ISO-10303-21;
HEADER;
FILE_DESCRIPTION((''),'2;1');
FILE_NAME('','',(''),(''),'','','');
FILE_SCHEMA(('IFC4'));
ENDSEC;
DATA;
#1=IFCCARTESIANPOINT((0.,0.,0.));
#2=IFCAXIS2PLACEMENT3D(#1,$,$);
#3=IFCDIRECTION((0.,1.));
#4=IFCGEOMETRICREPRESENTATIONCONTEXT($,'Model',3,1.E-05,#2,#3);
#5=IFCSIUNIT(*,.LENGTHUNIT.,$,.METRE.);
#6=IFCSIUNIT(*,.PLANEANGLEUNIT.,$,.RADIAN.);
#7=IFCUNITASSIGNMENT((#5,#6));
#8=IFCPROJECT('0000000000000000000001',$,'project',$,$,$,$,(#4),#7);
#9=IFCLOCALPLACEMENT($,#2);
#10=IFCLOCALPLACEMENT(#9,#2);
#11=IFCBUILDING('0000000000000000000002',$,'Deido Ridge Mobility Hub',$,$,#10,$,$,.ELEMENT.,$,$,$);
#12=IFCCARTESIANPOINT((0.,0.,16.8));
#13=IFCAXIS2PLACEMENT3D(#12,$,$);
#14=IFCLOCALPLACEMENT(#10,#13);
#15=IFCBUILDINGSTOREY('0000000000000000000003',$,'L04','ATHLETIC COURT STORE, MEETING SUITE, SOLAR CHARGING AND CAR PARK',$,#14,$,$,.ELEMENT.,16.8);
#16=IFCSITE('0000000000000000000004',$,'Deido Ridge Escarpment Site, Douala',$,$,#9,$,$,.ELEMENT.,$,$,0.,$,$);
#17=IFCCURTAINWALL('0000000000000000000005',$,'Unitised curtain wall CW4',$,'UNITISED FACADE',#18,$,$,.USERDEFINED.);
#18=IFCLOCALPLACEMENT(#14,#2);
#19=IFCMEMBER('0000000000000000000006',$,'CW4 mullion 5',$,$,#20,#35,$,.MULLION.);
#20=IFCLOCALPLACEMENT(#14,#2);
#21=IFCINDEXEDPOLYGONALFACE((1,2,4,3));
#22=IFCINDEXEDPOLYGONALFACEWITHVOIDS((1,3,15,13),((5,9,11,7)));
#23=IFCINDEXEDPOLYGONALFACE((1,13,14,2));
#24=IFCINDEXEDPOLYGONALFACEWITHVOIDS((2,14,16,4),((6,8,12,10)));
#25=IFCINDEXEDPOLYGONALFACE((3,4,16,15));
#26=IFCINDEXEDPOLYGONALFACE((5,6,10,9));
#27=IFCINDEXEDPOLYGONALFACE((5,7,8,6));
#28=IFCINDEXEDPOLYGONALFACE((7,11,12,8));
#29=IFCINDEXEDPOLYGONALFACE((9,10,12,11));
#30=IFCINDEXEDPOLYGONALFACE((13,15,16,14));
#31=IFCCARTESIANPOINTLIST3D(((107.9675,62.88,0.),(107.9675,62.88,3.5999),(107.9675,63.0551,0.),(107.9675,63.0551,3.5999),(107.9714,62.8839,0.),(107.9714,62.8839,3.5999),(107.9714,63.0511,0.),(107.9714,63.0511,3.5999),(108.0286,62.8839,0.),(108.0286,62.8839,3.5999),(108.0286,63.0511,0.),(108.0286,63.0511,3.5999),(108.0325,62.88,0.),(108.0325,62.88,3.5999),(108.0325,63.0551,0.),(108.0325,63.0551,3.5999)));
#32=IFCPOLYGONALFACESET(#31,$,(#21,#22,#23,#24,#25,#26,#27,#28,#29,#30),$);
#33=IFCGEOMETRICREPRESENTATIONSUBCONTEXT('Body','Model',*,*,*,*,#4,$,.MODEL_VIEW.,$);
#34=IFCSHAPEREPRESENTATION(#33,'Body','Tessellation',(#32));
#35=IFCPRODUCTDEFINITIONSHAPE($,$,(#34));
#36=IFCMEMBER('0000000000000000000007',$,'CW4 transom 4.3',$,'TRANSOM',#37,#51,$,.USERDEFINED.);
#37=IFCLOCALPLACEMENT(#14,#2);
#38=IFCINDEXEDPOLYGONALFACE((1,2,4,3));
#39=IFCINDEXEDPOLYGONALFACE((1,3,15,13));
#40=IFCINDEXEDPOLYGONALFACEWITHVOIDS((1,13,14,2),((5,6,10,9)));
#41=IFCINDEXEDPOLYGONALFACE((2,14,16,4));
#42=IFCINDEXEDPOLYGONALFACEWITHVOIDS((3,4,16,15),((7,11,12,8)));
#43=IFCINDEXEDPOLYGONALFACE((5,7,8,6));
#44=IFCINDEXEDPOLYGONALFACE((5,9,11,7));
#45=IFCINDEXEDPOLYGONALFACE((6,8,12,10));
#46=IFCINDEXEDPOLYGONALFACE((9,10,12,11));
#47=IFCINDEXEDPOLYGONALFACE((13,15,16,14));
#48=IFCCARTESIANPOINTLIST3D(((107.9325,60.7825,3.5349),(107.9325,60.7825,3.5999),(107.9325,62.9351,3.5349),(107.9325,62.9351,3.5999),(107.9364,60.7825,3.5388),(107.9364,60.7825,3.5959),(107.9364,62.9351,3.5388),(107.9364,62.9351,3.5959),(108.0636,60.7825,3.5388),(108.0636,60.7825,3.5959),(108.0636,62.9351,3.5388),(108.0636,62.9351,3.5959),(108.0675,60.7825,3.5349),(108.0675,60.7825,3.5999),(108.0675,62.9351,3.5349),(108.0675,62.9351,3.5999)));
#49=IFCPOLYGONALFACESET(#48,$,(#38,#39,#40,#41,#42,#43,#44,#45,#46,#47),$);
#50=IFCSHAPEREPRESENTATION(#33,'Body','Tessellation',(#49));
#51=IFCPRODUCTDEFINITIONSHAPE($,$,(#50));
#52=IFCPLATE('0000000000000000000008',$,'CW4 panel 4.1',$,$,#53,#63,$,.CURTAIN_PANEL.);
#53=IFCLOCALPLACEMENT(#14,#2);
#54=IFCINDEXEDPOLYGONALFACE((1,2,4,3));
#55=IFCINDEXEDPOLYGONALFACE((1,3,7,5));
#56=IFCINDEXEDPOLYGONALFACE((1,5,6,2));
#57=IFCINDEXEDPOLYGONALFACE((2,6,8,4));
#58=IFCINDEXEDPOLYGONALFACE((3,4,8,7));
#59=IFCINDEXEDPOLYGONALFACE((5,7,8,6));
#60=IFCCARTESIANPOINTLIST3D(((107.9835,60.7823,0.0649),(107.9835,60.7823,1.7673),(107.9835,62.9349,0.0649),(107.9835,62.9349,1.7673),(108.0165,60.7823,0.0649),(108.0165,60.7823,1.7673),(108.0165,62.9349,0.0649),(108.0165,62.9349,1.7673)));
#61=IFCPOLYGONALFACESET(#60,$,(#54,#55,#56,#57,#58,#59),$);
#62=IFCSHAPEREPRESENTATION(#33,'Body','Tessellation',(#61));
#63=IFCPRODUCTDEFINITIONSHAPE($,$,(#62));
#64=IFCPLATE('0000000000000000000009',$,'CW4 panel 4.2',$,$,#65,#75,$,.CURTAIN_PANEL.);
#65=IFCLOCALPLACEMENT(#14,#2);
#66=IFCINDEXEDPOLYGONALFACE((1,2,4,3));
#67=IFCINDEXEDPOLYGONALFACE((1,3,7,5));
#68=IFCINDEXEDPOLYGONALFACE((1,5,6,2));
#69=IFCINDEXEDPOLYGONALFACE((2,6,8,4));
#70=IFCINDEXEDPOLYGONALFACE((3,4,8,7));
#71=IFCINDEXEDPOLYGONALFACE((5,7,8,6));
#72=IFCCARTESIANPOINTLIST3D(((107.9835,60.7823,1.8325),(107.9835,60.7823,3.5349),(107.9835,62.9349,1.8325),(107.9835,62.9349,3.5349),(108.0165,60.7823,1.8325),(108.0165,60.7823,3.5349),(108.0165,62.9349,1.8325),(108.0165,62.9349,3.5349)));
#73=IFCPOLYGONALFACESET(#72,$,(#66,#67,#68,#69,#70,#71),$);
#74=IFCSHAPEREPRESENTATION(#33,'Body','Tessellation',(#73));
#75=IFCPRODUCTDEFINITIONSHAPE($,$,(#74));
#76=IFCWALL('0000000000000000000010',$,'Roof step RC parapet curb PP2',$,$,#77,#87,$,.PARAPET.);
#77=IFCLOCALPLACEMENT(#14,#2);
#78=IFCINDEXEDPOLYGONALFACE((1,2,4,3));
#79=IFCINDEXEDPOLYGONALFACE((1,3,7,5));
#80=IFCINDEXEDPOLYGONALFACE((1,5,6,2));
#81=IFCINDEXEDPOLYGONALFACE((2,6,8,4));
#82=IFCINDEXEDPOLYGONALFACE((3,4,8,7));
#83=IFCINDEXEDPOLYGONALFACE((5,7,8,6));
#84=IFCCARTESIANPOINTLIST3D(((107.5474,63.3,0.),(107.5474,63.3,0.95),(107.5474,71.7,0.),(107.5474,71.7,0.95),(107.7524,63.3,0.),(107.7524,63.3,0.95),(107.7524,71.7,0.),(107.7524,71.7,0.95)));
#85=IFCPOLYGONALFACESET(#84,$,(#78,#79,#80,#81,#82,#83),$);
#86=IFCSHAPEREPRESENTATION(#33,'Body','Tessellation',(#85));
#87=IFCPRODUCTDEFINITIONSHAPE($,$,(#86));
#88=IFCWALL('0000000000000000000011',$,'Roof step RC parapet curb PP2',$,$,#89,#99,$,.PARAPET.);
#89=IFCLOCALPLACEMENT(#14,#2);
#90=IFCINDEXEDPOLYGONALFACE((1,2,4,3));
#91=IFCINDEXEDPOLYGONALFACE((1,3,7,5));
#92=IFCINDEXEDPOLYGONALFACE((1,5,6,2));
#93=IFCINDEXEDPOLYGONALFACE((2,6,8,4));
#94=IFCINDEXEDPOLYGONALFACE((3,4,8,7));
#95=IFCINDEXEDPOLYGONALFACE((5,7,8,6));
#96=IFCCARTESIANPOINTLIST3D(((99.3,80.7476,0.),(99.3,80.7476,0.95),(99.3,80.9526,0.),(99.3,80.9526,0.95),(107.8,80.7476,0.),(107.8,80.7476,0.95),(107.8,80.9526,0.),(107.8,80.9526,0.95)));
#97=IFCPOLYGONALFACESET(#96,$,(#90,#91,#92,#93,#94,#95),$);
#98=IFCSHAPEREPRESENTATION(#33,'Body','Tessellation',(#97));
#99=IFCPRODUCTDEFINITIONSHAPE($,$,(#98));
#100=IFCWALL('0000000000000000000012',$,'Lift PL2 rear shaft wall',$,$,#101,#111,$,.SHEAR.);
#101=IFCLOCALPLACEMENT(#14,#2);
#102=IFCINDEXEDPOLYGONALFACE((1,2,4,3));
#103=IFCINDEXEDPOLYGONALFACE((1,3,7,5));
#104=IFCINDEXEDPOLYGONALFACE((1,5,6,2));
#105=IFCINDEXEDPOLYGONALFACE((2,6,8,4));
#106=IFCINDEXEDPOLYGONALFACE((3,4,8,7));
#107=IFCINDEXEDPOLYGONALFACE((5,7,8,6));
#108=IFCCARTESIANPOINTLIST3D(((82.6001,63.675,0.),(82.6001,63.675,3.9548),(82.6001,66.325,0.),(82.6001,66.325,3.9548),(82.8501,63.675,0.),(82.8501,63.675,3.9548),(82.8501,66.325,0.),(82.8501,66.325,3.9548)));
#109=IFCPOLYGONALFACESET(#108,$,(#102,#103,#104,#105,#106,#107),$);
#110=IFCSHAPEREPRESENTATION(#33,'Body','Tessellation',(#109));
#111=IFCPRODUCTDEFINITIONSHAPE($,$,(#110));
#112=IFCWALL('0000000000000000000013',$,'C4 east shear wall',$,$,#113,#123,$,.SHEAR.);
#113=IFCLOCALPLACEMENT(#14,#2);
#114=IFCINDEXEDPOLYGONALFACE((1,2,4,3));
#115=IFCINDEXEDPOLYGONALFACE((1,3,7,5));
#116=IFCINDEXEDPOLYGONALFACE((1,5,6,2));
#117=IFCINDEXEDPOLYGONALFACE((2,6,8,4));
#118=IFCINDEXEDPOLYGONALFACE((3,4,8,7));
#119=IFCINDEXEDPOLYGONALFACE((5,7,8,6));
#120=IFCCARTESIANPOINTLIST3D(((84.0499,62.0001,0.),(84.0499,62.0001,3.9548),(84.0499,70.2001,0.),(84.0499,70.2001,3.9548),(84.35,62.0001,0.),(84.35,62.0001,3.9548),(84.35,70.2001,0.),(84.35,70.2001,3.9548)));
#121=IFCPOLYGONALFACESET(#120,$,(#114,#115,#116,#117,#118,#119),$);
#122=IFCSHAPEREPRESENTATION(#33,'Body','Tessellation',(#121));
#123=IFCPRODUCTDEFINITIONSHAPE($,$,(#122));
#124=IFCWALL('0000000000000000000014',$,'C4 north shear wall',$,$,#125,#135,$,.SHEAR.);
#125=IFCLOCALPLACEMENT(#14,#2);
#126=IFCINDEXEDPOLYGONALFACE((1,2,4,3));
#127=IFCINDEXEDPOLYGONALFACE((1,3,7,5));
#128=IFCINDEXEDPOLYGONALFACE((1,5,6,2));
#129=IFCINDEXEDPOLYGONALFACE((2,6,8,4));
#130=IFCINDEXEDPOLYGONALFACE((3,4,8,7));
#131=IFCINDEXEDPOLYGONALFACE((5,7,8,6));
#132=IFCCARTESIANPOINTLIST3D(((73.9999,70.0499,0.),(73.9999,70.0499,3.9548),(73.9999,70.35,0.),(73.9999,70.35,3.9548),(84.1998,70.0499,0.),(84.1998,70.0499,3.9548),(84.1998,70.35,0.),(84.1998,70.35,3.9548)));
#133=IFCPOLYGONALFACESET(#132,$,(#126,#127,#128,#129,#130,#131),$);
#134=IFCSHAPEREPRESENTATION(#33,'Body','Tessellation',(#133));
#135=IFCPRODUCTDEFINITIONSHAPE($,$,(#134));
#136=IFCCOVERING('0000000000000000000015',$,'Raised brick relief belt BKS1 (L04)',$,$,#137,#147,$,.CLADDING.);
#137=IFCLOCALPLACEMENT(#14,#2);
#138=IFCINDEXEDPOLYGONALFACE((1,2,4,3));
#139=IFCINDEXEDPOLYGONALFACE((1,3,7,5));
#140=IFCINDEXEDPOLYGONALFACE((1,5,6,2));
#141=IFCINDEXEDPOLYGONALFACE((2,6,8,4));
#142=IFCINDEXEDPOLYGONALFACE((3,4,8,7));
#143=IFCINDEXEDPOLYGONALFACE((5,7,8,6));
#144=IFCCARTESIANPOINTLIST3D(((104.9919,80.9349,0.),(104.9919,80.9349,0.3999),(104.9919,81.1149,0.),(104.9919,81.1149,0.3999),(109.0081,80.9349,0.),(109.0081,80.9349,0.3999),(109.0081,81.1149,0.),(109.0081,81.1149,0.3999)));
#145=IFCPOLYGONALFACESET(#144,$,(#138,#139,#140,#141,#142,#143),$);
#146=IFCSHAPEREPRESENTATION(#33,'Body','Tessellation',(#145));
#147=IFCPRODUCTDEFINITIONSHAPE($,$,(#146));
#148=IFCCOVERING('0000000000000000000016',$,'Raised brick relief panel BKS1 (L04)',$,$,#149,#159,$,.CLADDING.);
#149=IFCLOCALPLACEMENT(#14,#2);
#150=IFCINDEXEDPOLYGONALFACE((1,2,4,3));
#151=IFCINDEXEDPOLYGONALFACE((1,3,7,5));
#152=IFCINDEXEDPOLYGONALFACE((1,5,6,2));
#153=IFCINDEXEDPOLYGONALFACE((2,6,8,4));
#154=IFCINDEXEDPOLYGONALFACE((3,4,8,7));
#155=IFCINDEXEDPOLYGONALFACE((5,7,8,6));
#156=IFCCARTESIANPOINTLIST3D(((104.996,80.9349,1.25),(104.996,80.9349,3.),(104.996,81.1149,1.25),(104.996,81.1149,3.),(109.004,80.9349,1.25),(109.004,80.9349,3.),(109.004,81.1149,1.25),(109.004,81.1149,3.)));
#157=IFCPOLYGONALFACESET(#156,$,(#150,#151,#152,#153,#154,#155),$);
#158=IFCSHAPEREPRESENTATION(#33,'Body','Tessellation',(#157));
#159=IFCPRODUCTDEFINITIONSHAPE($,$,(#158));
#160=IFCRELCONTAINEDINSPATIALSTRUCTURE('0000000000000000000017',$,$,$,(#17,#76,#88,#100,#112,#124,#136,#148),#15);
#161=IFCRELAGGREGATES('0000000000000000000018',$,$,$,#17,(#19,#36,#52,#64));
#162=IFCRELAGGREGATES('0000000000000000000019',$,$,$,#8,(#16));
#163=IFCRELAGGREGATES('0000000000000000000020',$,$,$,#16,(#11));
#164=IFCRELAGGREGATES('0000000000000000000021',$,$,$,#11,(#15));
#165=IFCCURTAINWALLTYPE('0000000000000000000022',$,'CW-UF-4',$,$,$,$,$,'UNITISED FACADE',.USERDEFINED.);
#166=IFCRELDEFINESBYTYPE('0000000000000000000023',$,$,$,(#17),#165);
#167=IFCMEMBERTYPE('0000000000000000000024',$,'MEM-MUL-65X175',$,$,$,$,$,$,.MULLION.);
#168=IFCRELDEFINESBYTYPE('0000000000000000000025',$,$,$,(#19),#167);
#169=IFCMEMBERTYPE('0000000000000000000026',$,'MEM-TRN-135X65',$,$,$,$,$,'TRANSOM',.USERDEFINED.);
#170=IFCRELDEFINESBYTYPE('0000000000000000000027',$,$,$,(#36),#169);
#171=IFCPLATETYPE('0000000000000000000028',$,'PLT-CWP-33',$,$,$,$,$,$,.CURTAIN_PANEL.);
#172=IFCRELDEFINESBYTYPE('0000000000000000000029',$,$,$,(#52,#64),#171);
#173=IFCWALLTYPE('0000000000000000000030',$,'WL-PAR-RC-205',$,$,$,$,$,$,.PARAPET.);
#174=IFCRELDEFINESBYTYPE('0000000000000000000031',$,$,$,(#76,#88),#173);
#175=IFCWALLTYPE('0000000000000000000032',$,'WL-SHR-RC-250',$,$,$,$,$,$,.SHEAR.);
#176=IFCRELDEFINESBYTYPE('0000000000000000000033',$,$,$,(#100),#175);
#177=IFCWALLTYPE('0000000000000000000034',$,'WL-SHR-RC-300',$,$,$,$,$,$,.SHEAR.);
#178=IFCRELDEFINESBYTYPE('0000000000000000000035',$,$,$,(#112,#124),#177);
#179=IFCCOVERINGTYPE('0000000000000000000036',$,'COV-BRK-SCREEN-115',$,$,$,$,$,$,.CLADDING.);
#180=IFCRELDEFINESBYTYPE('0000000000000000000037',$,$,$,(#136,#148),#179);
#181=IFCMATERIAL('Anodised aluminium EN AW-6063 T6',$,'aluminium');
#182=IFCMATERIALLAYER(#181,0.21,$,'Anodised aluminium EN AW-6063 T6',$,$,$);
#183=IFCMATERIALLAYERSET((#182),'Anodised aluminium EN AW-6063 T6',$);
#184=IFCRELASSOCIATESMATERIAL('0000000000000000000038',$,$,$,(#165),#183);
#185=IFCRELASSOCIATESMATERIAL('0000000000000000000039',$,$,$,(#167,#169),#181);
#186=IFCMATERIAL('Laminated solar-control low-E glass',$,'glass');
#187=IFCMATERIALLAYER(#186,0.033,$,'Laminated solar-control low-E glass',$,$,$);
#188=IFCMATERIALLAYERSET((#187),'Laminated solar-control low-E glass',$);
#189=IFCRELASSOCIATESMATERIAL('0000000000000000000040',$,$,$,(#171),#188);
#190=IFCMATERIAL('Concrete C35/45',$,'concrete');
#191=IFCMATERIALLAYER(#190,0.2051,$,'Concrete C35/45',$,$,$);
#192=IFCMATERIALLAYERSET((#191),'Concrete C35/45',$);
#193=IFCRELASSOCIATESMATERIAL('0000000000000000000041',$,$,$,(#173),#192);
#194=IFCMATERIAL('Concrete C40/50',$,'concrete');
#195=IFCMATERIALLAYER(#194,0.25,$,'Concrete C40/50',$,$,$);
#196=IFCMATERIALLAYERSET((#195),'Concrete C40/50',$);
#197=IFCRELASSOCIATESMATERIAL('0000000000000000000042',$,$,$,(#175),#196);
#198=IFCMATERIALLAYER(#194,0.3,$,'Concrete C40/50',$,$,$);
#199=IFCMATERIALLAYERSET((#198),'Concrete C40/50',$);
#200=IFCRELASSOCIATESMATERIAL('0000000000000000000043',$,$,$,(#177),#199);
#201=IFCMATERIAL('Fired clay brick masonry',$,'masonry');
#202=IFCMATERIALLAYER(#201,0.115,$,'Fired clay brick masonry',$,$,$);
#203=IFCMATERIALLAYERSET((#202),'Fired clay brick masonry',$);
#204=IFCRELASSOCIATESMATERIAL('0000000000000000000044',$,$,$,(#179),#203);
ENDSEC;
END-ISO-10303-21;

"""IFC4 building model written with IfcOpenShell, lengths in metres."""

from ifc_helpers import new_model, si_unit, direction, frame, frame_2d, origin, origin_2d, place, context, subcontext, project, spatial, rectangle, hollow_rectangle, extrude, material, layer, layer_set, material_profile, profile_set, type_object, element, aggregate, save


model = new_model("IFC4")

# Units and contexts
model_context = context("Model", 3, precision=1e-05, world=origin(), true_north=direction((0.0, 1.0)))
body_context = subcontext(model_context, "Body", "Model", "MODEL_VIEW")
ifc_project = project(units=[si_unit("LENGTHUNIT", "METRE"), si_unit("PLANEANGLEUNIT", "RADIAN")], contexts=[model_context])

# Site, building, storey
site_placement = place(None, origin())
site = spatial("IfcSite", under=ifc_project, at=site_placement, Name="Deido Ridge Escarpment Site, Douala", CompositionType="ELEMENT", RefElevation=0.0)
building_placement = place(site_placement, origin())
building = spatial("IfcBuilding", under=site, at=building_placement, Name="Deido Ridge Mobility Hub", CompositionType="ELEMENT")
storey_placement = place(building_placement, frame((0.0, 0.0, 16.8)))
storey = spatial("IfcBuildingStorey", under=building, at=storey_placement, Name="L04", Description="ATHLETIC COURT STORE, MEETING SUITE, SOLAR CHARGING AND CAR PARK", CompositionType="ELEMENT", Elevation=16.8)

# Curtain wall, members, plates
ifc_material_1 = material(Name="Anodised aluminium EN AW-6063 T6", Category="aluminium")
ifc_layer_1 = layer(ifc_material_1, 0.21, Name="Anodised aluminium EN AW-6063 T6")
ifc_layer_set_1 = layer_set([ifc_layer_1], Name="Anodised aluminium EN AW-6063 T6")
curtain_wall_type = type_object("IfcCurtainWallType", Name="CW-UF-4", ElementType="UNITISED FACADE", PredefinedType="USERDEFINED", material=ifc_layer_set_1)
curtain_wall_placement = place(storey_placement, origin())
curtain_wall = element("IfcCurtainWall", 1, at=curtain_wall_placement, inside=storey, type_object=curtain_wall_type, Name="Unitised curtain wall CW4", ObjectType="UNITISED FACADE", PredefinedType="USERDEFINED")
ifc_material_profile_1 = material_profile(ifc_material_1, hollow_rectangle(XDim=0.0649, YDim=0.175, WallThickness=0.0039, at=origin_2d()), Name="RHS 65x175x4")
ifc_profile_set_1 = profile_set([ifc_material_profile_1], Name="Anodised aluminium EN AW-6063 T6")
member_type_1 = type_object("IfcMemberType", Name="MEM-MUL-65X175", PredefinedType="MULLION", material=ifc_profile_set_1)
member_1_placement = place(storey_placement, frame((108.0, 62.9675, 0.0), z_axis=(0.0, 0.0, 1.0), x_axis=(-1.0, 0.0, 0.0)))
member_1 = element("IfcMember", 2, at=member_1_placement, type_object=member_type_1, Name="CW4 mullion 5", PredefinedType="MULLION", context=body_context, shape_type="SweptSolid", body=[
    extrude(hollow_rectangle(XDim=0.0649, YDim=0.175, WallThickness=0.0039, at=origin_2d()), origin(), (0.0, 0.0, 1.0), 3.5999),
])
ifc_material_profile_2 = material_profile(ifc_material_1, hollow_rectangle(XDim=0.135, YDim=0.0649, WallThickness=0.0039, at=origin_2d()), Name="RHS 135x65x4")
ifc_profile_set_2 = profile_set([ifc_material_profile_2], Name="Anodised aluminium EN AW-6063 T6")
member_type_2 = type_object("IfcMemberType", Name="MEM-TRN-135X65", ElementType="TRANSOM", PredefinedType="USERDEFINED", material=ifc_profile_set_2)
member_2_placement = place(storey_placement, frame((108.0, 60.7825, 3.5674), z_axis=(0.0, 1.0, 0.0), x_axis=(-1.0, 0.0, 0.0)))
member_2 = element("IfcMember", 3, at=member_2_placement, type_object=member_type_2, Name="CW4 transom 4.3", ObjectType="TRANSOM", PredefinedType="USERDEFINED", context=body_context, shape_type="SweptSolid", body=[
    extrude(hollow_rectangle(XDim=0.135, YDim=0.0649, WallThickness=0.0039, at=origin_2d()), origin(), (0.0, 0.0, 1.0), 2.1526),
])
ifc_material_2 = material(Name="Laminated solar-control low-E glass", Category="glass")
ifc_layer_2 = layer(ifc_material_2, 0.033, Name="Laminated solar-control low-E glass")
ifc_layer_set_2 = layer_set([ifc_layer_2], Name="Laminated solar-control low-E glass")
plate_type = type_object("IfcPlateType", Name="PLT-CWP-33", PredefinedType="CURTAIN_PANEL", material=ifc_layer_set_2)
plate_1_placement = place(storey_placement, frame((108.0, 61.8586, 0.0649), z_axis=(0.0, 0.0, 1.0), x_axis=(0.0, 1.0, 0.0)))
plate_1 = element("IfcPlate", 4, at=plate_1_placement, type_object=plate_type, Name="CW4 panel 4.1", PredefinedType="CURTAIN_PANEL", context=body_context, shape_type="SweptSolid", body=[
    extrude(rectangle(XDim=2.1526, YDim=0.033, at=origin_2d()), origin(), (0.0, 0.0, 1.0), 1.7024),
])
plate_2_placement = place(storey_placement, frame((108.0, 61.8586, 1.8325), z_axis=(0.0, 0.0, 1.0), x_axis=(0.0, 1.0, 0.0)))
plate_2 = element("IfcPlate", 5, at=plate_2_placement, type_object=plate_type, Name="CW4 panel 4.2", PredefinedType="CURTAIN_PANEL", context=body_context, shape_type="SweptSolid", body=[
    extrude(rectangle(XDim=2.1526, YDim=0.033, at=origin_2d()), origin(), (0.0, 0.0, 1.0), 1.7024),
])
aggregate(curtain_wall, [member_1, member_2, plate_1, plate_2])

# Walls
ifc_material_3 = material(Name="Concrete C35/45", Category="concrete")
ifc_layer_3 = layer(ifc_material_3, 0.2051, Name="Concrete C35/45")
ifc_layer_set_3 = layer_set([ifc_layer_3], Name="Concrete C35/45")
wall_type_1 = type_object("IfcWallType", Name="WL-PAR-RC-205", PredefinedType="PARAPET", material=ifc_layer_set_3)
wall_1_placement = place(storey_placement, frame((107.6499, 63.3, 0.0), z_axis=(0.0, 0.0, 1.0), x_axis=(0.0, 1.0, 0.0)))
element("IfcWall", 6, at=wall_1_placement, inside=storey, type_object=wall_type_1, Name="Roof step RC parapet curb PP2", PredefinedType="PARAPET", context=body_context, shape_type="SweptSolid", body=[
    extrude(rectangle(XDim=8.3999, YDim=0.2051, at=frame_2d((4.2, 0.0))), origin(), (0.0, 0.0, 1.0), 0.95),
])
wall_2_placement = place(storey_placement, frame((99.3, 80.8501, 0.0), z_axis=(0.0, 0.0, 1.0), x_axis=(1.0, 0.0, 0.0)))
element("IfcWall", 7, at=wall_2_placement, inside=storey, type_object=wall_type_1, Name="Roof step RC parapet curb PP2", PredefinedType="PARAPET", context=body_context, shape_type="SweptSolid", body=[
    extrude(rectangle(XDim=8.5, YDim=0.2051, at=frame_2d((4.25, 0.0))), origin(), (0.0, 0.0, 1.0), 0.95),
])
ifc_material_4 = material(Name="Concrete C40/50", Category="concrete")
ifc_layer_4 = layer(ifc_material_4, 0.25, Name="Concrete C40/50")
ifc_layer_set_4 = layer_set([ifc_layer_4], Name="Concrete C40/50")
wall_type_2 = type_object("IfcWallType", Name="WL-SHR-RC-250", PredefinedType="SHEAR", material=ifc_layer_set_4)
wall_3_placement = place(storey_placement, frame((82.7251, 63.675, 0.0), z_axis=(0.0, 0.0, 1.0), x_axis=(0.0, 1.0, 0.0)))
element("IfcWall", 8, at=wall_3_placement, inside=storey, type_object=wall_type_2, Name="Lift PL2 rear shaft wall", PredefinedType="SHEAR", context=body_context, shape_type="SweptSolid", body=[
    extrude(rectangle(XDim=2.6499, YDim=0.25, at=frame_2d((1.325, 0.0))), origin(), (0.0, 0.0, 1.0), 3.9548),
])
ifc_layer_5 = layer(ifc_material_4, 0.3, Name="Concrete C40/50")
ifc_layer_set_5 = layer_set([ifc_layer_5], Name="Concrete C40/50")
wall_type_3 = type_object("IfcWallType", Name="WL-SHR-RC-300", PredefinedType="SHEAR", material=ifc_layer_set_5)
wall_4_placement = place(storey_placement, frame((84.2, 62.0, 0.0), z_axis=(0.0, 0.0, 1.0), x_axis=(0.0, 1.0, 0.0)))
element("IfcWall", 9, at=wall_4_placement, inside=storey, type_object=wall_type_3, Name="C4 east shear wall", PredefinedType="SHEAR", context=body_context, shape_type="SweptSolid", body=[
    extrude(rectangle(XDim=8.2, YDim=0.3, at=frame_2d((4.1001, 0.0))), origin(), (0.0, 0.0, 1.0), 3.9548),
])
wall_5_placement = place(storey_placement, frame((84.2, 70.2, 0.0), z_axis=(0.0, 0.0, 1.0), x_axis=(-1.0, 0.0, 0.0)))
element("IfcWall", 10, at=wall_5_placement, inside=storey, type_object=wall_type_3, Name="C4 north shear wall", PredefinedType="SHEAR", context=body_context, shape_type="SweptSolid", body=[
    extrude(rectangle(XDim=10.2, YDim=0.3, at=frame_2d((5.1001, 0.0))), origin(), (0.0, 0.0, 1.0), 3.9548),
])

# Coverings
ifc_material_5 = material(Name="Fired clay brick masonry", Category="masonry")
ifc_layer_6 = layer(ifc_material_5, 0.115, Name="Fired clay brick masonry")
ifc_layer_set_6 = layer_set([ifc_layer_6], Name="Fired clay brick masonry")
covering_type = type_object("IfcCoveringType", Name="COV-BRK-SCREEN-115", PredefinedType="CLADDING", material=ifc_layer_set_6)
covering_1_placement = place(storey_placement, frame((107.0, 81.0249, 0.0), z_axis=(0.0, 0.0, 1.0), x_axis=(1.0, 0.0, 0.0)))
element("IfcCovering", 11, at=covering_1_placement, inside=storey, type_object=covering_type, Name="Raised brick relief belt BKS1 (L04)", PredefinedType="CLADDING", context=body_context, shape_type="SweptSolid", body=[
    extrude(rectangle(XDim=4.0161, YDim=0.1799, at=origin_2d()), origin(), (0.0, 0.0, 1.0), 0.3999),
])
covering_2_placement = place(storey_placement, frame((107.0, 81.0249, 1.25), z_axis=(0.0, 0.0, 1.0), x_axis=(1.0, 0.0, 0.0)))
element("IfcCovering", 12, at=covering_2_placement, inside=storey, type_object=covering_type, Name="Raised brick relief panel BKS1 (L04)", PredefinedType="CLADDING", context=body_context, shape_type="SweptSolid", body=[
    extrude(rectangle(XDim=4.0081, YDim=0.1799, at=origin_2d()), origin(), (0.0, 0.0, 1.0), 1.75),
])

save(model, "model.ifc")
